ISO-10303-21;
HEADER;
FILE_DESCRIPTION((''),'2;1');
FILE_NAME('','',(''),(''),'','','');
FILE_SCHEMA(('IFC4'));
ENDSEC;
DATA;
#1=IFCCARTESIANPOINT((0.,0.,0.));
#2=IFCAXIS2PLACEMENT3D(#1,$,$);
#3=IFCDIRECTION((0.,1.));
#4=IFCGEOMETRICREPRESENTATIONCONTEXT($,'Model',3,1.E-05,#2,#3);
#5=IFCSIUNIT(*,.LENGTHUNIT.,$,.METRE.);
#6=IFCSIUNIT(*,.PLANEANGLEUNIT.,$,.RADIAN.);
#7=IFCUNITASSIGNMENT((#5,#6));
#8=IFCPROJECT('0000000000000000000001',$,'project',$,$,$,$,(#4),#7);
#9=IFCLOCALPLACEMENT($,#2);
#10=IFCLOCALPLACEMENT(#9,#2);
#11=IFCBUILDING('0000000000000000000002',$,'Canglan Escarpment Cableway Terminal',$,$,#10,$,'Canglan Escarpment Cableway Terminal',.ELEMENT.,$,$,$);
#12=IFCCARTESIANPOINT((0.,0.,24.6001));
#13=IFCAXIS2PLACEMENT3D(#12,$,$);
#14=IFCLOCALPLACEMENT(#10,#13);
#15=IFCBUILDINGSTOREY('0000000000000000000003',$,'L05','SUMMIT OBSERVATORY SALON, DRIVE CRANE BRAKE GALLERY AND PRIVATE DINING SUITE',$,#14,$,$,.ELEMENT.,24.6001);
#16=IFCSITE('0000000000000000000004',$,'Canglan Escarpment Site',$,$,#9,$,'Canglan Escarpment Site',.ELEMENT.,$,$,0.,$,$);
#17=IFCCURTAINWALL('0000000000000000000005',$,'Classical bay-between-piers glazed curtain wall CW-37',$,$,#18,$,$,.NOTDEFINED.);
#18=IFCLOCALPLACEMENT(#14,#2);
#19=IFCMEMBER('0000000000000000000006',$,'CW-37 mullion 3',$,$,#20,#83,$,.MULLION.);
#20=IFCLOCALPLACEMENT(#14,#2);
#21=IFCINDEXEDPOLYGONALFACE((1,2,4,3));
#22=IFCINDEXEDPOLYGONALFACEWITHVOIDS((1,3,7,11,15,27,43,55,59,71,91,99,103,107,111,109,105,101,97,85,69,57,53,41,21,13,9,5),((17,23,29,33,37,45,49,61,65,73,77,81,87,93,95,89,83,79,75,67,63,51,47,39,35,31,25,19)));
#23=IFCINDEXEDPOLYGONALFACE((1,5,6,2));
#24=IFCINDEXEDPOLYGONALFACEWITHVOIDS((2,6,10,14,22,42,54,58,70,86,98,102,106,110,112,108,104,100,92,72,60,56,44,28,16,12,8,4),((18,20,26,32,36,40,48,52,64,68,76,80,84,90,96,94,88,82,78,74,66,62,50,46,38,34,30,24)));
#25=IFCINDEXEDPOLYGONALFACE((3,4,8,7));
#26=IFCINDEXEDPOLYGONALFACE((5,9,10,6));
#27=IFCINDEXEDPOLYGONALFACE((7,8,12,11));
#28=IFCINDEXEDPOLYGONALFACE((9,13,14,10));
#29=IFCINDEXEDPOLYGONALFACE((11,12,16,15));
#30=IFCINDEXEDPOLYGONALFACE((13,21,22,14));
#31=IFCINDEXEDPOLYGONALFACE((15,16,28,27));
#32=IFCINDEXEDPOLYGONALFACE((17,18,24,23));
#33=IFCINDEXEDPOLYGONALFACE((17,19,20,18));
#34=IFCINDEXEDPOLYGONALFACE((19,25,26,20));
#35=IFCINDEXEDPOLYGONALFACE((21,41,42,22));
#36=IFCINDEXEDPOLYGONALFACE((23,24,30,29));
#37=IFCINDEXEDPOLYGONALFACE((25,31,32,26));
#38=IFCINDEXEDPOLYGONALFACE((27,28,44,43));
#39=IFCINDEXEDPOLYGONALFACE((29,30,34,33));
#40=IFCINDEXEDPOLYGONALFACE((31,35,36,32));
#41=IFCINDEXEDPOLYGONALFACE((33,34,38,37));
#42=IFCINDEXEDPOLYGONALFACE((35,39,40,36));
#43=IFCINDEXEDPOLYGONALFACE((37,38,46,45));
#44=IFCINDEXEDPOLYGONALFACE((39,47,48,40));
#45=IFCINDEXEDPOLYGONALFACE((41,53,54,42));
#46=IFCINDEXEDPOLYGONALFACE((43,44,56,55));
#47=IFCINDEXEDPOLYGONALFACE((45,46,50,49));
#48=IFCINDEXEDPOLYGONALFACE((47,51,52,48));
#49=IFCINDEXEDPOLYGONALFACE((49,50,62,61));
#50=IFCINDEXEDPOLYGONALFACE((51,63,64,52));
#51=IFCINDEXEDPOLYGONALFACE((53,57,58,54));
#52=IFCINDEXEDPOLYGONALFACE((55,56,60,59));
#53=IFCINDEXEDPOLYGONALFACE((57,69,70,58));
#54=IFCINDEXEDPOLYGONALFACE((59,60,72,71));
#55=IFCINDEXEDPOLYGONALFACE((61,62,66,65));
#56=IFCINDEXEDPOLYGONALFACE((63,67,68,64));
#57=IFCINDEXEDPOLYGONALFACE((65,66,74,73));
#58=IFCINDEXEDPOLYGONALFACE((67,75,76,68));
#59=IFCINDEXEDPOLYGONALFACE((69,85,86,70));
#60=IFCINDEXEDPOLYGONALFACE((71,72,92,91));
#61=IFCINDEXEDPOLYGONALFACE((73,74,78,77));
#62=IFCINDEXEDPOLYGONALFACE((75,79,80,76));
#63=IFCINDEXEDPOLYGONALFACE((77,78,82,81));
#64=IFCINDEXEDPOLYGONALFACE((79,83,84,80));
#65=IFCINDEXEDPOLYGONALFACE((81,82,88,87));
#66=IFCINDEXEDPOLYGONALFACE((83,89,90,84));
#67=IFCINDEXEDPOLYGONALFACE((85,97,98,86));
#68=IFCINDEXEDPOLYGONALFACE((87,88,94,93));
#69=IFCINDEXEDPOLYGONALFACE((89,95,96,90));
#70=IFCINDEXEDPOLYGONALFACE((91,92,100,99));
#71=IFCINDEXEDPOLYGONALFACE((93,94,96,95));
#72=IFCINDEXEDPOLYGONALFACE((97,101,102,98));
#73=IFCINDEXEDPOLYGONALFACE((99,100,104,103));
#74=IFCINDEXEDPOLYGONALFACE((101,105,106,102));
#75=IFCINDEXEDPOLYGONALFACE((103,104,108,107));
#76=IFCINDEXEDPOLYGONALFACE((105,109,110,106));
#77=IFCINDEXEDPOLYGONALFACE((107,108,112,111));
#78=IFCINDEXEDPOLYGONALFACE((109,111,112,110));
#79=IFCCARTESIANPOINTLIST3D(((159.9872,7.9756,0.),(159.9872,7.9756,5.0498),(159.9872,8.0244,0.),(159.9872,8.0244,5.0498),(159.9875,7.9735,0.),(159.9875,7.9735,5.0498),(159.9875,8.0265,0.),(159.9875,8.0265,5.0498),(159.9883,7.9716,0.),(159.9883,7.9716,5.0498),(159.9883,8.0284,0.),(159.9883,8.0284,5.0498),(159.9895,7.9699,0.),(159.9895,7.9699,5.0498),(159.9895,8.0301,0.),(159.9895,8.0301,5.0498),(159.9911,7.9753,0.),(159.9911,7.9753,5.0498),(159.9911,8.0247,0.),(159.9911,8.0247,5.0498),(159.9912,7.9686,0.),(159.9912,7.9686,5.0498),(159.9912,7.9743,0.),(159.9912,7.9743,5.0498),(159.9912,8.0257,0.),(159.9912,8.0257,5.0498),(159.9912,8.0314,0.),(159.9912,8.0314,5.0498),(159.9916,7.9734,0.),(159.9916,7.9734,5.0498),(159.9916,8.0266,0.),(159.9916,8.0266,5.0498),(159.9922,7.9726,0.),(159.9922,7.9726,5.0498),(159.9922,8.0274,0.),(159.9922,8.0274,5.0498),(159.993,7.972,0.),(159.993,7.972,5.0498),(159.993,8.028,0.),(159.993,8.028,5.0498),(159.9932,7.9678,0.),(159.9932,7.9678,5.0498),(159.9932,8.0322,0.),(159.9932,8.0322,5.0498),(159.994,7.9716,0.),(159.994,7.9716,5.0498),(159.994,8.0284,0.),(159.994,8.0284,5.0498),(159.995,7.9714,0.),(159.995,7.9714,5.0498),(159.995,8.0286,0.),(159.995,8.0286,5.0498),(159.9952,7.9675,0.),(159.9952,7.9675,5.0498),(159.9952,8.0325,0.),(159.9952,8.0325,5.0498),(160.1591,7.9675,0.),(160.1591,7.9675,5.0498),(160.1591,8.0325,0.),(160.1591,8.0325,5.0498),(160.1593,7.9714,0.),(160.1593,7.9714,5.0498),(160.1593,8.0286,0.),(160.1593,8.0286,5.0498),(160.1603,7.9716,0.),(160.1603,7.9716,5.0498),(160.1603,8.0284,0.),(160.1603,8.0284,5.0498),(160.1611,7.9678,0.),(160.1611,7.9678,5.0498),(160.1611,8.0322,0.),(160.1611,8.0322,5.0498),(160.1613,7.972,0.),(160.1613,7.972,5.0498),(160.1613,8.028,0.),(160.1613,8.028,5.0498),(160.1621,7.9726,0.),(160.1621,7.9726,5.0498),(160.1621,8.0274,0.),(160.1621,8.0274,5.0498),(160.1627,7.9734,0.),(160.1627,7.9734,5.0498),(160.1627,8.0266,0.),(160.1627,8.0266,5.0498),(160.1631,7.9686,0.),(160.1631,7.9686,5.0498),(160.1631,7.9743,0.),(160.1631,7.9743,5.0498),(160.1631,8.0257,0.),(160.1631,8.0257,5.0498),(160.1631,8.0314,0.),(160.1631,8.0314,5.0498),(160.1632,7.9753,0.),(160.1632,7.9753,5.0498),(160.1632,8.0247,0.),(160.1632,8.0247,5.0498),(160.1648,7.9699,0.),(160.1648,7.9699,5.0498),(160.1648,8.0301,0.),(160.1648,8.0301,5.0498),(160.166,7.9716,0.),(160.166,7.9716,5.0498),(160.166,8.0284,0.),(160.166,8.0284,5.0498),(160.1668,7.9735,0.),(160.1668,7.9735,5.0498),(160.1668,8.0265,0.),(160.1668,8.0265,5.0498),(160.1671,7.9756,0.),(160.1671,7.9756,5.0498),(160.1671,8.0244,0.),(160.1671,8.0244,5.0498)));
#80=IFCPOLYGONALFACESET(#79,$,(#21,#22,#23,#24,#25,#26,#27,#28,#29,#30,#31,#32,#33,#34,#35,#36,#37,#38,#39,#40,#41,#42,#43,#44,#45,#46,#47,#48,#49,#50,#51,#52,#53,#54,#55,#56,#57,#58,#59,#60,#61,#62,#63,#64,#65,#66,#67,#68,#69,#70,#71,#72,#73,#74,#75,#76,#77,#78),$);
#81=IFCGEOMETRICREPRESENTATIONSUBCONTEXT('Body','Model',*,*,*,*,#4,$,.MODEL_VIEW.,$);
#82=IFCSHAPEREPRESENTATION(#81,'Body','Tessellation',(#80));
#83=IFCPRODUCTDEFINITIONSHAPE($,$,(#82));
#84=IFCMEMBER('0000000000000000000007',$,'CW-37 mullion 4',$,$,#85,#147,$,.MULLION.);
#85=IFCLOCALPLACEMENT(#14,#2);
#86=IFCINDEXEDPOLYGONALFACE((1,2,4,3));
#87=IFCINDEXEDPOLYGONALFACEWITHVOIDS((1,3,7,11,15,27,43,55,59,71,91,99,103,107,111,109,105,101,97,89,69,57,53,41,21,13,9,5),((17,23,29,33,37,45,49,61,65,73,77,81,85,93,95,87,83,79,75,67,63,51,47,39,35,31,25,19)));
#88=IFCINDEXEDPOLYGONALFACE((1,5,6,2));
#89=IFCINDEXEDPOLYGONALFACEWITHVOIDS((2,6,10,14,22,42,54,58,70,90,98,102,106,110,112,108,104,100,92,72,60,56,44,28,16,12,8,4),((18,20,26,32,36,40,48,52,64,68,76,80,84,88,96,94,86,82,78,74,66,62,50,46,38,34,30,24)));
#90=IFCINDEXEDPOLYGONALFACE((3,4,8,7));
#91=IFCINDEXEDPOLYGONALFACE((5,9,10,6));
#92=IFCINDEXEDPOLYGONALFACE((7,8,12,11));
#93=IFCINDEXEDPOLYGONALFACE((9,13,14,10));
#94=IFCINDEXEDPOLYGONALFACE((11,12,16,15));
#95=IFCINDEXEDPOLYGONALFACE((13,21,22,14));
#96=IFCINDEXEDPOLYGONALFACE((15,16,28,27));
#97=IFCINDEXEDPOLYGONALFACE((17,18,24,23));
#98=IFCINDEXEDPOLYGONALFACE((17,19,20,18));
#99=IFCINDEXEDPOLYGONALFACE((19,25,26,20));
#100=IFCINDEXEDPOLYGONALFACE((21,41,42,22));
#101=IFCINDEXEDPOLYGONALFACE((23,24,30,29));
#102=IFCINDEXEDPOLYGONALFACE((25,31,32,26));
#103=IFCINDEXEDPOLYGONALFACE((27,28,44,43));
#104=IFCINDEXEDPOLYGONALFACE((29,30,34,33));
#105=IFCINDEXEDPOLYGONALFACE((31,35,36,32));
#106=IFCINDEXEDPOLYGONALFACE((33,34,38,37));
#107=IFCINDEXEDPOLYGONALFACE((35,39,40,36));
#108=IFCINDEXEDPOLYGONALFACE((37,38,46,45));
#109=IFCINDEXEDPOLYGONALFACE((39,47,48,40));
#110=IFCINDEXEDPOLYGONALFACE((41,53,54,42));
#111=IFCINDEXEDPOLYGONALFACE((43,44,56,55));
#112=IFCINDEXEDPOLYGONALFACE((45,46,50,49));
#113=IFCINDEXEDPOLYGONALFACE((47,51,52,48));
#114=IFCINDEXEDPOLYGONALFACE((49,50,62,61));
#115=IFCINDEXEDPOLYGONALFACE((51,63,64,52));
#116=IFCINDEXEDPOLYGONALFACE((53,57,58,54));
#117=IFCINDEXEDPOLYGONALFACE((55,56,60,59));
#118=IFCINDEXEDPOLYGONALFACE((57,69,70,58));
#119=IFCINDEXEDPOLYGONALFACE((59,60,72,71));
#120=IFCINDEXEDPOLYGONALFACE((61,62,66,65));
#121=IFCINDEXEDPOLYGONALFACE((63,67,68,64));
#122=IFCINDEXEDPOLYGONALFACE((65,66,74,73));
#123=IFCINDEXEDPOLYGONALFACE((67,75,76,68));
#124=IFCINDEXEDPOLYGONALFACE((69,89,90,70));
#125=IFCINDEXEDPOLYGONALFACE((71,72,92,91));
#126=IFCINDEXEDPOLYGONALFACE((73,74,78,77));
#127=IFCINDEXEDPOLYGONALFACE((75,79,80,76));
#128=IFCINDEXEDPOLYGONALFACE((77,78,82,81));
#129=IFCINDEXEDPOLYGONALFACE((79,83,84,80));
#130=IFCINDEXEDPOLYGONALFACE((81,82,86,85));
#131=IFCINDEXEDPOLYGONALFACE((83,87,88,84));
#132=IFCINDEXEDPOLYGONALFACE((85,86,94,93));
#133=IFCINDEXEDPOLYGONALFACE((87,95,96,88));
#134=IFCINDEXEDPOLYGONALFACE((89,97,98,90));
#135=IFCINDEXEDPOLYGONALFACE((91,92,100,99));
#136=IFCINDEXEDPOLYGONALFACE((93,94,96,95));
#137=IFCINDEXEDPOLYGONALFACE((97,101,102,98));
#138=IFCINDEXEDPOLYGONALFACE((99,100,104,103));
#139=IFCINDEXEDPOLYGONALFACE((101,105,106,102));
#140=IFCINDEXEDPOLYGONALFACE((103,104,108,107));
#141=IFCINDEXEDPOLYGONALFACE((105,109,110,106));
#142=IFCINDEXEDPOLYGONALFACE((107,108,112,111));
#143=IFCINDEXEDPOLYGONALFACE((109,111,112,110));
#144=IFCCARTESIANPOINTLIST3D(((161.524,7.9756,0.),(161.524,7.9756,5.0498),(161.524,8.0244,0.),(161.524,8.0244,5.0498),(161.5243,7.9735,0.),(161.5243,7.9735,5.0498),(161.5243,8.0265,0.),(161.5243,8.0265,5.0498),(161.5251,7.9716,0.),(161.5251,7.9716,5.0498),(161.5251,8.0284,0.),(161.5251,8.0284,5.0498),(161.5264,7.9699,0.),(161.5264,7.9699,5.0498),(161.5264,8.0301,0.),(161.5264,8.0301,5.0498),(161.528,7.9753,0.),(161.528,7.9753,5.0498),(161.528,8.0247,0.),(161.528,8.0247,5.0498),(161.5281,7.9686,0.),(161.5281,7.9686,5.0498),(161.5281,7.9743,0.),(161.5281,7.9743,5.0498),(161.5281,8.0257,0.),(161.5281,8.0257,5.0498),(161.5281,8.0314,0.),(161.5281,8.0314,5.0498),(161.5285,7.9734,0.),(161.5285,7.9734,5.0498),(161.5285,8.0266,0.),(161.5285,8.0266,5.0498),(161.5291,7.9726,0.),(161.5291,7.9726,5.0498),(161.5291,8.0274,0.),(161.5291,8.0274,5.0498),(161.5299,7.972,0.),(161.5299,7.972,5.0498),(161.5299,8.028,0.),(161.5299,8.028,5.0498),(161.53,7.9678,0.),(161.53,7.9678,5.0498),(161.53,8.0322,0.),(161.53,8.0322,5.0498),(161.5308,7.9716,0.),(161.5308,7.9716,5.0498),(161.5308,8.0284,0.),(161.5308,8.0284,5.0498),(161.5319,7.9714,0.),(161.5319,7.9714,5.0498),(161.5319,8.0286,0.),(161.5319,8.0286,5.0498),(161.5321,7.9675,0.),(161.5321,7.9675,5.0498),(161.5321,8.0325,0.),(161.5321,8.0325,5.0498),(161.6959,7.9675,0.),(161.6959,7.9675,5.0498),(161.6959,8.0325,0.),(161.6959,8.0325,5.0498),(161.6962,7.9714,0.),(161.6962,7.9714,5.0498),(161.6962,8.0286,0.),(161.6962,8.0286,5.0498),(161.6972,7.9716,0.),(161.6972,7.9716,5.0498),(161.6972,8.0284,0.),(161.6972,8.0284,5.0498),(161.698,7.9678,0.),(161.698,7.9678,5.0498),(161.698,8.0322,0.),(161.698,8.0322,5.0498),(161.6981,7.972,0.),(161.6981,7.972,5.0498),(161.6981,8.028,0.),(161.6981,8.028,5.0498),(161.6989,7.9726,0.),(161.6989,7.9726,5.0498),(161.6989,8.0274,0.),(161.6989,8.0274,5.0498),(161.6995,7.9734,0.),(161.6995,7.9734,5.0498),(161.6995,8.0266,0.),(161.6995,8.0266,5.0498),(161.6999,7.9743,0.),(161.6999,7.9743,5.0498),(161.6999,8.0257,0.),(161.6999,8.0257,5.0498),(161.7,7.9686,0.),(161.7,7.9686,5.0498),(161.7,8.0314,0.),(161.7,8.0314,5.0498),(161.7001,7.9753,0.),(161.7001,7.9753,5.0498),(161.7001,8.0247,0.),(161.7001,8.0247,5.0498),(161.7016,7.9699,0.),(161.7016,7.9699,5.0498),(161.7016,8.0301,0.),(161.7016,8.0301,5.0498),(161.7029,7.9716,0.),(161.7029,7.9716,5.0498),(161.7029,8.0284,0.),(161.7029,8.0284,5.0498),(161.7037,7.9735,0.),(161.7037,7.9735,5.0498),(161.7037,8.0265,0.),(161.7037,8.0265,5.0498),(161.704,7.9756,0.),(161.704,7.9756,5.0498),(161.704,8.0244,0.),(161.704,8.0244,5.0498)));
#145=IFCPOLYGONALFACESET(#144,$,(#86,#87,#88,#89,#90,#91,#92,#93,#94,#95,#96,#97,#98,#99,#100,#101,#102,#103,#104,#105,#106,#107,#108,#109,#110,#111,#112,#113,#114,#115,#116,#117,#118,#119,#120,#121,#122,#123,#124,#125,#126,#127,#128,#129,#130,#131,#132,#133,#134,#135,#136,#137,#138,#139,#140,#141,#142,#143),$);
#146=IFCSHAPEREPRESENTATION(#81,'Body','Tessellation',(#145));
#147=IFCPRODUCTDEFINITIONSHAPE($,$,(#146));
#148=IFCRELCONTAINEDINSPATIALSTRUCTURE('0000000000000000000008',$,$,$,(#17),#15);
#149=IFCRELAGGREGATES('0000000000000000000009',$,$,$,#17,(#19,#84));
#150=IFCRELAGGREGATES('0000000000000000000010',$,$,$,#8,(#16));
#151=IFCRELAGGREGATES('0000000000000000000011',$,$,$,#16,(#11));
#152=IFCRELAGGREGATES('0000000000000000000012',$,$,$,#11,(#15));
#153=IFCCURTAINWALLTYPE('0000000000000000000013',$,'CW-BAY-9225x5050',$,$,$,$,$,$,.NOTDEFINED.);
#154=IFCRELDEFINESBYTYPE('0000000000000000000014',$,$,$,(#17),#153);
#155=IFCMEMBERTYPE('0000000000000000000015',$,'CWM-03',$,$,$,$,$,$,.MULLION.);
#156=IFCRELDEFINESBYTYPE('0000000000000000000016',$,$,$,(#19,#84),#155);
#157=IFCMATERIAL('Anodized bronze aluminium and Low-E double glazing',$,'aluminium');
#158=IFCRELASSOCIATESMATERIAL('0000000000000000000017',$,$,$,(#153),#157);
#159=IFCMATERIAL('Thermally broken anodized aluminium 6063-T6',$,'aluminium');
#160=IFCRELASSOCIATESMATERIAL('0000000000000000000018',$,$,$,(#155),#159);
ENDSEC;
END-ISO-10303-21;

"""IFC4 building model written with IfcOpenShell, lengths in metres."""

from ifc_helpers import new_model, si_unit, direction, frame, origin, origin_2d, place, context, subcontext, project, spatial, hollow_rectangle, extrude, material, material_profile, profile_set, type_object, element, aggregate, save


model = new_model("IFC4")

# Units and contexts
model_context = context("Model", 3, precision=1e-05, world=origin(), true_north=direction((0.0, 1.0)))
body_context = subcontext(model_context, "Body", "Model", "MODEL_VIEW")
ifc_project = project(units=[si_unit("LENGTHUNIT", "METRE"), si_unit("PLANEANGLEUNIT", "RADIAN")], contexts=[model_context])

# Site, building, storey
site_placement = place(None, origin())
site = spatial("IfcSite", under=ifc_project, at=site_placement, Name="Canglan Escarpment Site", LongName="Canglan Escarpment Site", CompositionType="ELEMENT", RefElevation=0.0)
building_placement = place(site_placement, origin())
building = spatial("IfcBuilding", under=site, at=building_placement, Name="Canglan Escarpment Cableway Terminal", LongName="Canglan Escarpment Cableway Terminal", CompositionType="ELEMENT")
storey_placement = place(building_placement, frame((0.0, 0.0, 24.6001)))
storey = spatial("IfcBuildingStorey", under=building, at=storey_placement, Name="L05", Description="SUMMIT OBSERVATORY SALON, DRIVE CRANE BRAKE GALLERY AND PRIVATE DINING SUITE", CompositionType="ELEMENT", Elevation=24.6001)

# Curtain wall, members
ifc_material_1 = material(Name="Anodized bronze aluminium and Low-E double glazing", Category="aluminium")
curtain_wall_type = type_object("IfcCurtainWallType", Name="CW-BAY-9225x5050", PredefinedType="NOTDEFINED", material=ifc_material_1)
curtain_wall_placement = place(storey_placement, origin())
curtain_wall = element("IfcCurtainWall", 1, at=curtain_wall_placement, inside=storey, type_object=curtain_wall_type, Name="Classical bay-between-piers glazed curtain wall CW-37", PredefinedType="NOTDEFINED")
ifc_material_2 = material(Name="Thermally broken anodized aluminium 6063-T6", Category="aluminium")
ifc_material_profile_1 = material_profile(ifc_material_2, hollow_rectangle(XDim=0.0649, YDim=0.1799, WallThickness=0.0039, InnerFilletRadius=0.0039, OuterFilletRadius=0.0081, at=origin_2d()), Name="ALU-MULL 65x180x4")
ifc_profile_set_1 = profile_set([ifc_material_profile_1], Name="Thermally broken anodized aluminium 6063-T6")
member_type_1 = type_object("IfcMemberType", Name="CWM-03", PredefinedType="MULLION", material=ifc_profile_set_1)
member_1_placement = place(storey_placement, frame((160.0771, 8.0, 0.0), z_axis=(0.0, 0.0, 1.0), x_axis=(0.0, 1.0, 0.0)))
member_1 = element("IfcMember", 2, at=member_1_placement, type_object=member_type_1, Name="CW-37 mullion 3", PredefinedType="MULLION", context=body_context, shape_type="SweptSolid", body=[
    extrude(hollow_rectangle(XDim=0.0649, YDim=0.1799, WallThickness=0.0039, InnerFilletRadius=0.0039, OuterFilletRadius=0.0081, at=origin_2d()), origin(), (0.0, 0.0, 1.0), 5.0498),
])
member_2_placement = place(storey_placement, frame((161.614, 8.0, 0.0), z_axis=(0.0, 0.0, 1.0), x_axis=(0.0, 1.0, 0.0)))
member_2 = element("IfcMember", 3, at=member_2_placement, type_object=member_type_1, Name="CW-37 mullion 4", PredefinedType="MULLION", context=body_context, shape_type="SweptSolid", body=[
    extrude(hollow_rectangle(XDim=0.0649, YDim=0.1799, WallThickness=0.0039, InnerFilletRadius=0.0039, OuterFilletRadius=0.0081, at=origin_2d()), origin(), (0.0, 0.0, 1.0), 5.0498),
])

aggregate(curtain_wall, [member_1, member_2])

save(model, "model.ifc")
